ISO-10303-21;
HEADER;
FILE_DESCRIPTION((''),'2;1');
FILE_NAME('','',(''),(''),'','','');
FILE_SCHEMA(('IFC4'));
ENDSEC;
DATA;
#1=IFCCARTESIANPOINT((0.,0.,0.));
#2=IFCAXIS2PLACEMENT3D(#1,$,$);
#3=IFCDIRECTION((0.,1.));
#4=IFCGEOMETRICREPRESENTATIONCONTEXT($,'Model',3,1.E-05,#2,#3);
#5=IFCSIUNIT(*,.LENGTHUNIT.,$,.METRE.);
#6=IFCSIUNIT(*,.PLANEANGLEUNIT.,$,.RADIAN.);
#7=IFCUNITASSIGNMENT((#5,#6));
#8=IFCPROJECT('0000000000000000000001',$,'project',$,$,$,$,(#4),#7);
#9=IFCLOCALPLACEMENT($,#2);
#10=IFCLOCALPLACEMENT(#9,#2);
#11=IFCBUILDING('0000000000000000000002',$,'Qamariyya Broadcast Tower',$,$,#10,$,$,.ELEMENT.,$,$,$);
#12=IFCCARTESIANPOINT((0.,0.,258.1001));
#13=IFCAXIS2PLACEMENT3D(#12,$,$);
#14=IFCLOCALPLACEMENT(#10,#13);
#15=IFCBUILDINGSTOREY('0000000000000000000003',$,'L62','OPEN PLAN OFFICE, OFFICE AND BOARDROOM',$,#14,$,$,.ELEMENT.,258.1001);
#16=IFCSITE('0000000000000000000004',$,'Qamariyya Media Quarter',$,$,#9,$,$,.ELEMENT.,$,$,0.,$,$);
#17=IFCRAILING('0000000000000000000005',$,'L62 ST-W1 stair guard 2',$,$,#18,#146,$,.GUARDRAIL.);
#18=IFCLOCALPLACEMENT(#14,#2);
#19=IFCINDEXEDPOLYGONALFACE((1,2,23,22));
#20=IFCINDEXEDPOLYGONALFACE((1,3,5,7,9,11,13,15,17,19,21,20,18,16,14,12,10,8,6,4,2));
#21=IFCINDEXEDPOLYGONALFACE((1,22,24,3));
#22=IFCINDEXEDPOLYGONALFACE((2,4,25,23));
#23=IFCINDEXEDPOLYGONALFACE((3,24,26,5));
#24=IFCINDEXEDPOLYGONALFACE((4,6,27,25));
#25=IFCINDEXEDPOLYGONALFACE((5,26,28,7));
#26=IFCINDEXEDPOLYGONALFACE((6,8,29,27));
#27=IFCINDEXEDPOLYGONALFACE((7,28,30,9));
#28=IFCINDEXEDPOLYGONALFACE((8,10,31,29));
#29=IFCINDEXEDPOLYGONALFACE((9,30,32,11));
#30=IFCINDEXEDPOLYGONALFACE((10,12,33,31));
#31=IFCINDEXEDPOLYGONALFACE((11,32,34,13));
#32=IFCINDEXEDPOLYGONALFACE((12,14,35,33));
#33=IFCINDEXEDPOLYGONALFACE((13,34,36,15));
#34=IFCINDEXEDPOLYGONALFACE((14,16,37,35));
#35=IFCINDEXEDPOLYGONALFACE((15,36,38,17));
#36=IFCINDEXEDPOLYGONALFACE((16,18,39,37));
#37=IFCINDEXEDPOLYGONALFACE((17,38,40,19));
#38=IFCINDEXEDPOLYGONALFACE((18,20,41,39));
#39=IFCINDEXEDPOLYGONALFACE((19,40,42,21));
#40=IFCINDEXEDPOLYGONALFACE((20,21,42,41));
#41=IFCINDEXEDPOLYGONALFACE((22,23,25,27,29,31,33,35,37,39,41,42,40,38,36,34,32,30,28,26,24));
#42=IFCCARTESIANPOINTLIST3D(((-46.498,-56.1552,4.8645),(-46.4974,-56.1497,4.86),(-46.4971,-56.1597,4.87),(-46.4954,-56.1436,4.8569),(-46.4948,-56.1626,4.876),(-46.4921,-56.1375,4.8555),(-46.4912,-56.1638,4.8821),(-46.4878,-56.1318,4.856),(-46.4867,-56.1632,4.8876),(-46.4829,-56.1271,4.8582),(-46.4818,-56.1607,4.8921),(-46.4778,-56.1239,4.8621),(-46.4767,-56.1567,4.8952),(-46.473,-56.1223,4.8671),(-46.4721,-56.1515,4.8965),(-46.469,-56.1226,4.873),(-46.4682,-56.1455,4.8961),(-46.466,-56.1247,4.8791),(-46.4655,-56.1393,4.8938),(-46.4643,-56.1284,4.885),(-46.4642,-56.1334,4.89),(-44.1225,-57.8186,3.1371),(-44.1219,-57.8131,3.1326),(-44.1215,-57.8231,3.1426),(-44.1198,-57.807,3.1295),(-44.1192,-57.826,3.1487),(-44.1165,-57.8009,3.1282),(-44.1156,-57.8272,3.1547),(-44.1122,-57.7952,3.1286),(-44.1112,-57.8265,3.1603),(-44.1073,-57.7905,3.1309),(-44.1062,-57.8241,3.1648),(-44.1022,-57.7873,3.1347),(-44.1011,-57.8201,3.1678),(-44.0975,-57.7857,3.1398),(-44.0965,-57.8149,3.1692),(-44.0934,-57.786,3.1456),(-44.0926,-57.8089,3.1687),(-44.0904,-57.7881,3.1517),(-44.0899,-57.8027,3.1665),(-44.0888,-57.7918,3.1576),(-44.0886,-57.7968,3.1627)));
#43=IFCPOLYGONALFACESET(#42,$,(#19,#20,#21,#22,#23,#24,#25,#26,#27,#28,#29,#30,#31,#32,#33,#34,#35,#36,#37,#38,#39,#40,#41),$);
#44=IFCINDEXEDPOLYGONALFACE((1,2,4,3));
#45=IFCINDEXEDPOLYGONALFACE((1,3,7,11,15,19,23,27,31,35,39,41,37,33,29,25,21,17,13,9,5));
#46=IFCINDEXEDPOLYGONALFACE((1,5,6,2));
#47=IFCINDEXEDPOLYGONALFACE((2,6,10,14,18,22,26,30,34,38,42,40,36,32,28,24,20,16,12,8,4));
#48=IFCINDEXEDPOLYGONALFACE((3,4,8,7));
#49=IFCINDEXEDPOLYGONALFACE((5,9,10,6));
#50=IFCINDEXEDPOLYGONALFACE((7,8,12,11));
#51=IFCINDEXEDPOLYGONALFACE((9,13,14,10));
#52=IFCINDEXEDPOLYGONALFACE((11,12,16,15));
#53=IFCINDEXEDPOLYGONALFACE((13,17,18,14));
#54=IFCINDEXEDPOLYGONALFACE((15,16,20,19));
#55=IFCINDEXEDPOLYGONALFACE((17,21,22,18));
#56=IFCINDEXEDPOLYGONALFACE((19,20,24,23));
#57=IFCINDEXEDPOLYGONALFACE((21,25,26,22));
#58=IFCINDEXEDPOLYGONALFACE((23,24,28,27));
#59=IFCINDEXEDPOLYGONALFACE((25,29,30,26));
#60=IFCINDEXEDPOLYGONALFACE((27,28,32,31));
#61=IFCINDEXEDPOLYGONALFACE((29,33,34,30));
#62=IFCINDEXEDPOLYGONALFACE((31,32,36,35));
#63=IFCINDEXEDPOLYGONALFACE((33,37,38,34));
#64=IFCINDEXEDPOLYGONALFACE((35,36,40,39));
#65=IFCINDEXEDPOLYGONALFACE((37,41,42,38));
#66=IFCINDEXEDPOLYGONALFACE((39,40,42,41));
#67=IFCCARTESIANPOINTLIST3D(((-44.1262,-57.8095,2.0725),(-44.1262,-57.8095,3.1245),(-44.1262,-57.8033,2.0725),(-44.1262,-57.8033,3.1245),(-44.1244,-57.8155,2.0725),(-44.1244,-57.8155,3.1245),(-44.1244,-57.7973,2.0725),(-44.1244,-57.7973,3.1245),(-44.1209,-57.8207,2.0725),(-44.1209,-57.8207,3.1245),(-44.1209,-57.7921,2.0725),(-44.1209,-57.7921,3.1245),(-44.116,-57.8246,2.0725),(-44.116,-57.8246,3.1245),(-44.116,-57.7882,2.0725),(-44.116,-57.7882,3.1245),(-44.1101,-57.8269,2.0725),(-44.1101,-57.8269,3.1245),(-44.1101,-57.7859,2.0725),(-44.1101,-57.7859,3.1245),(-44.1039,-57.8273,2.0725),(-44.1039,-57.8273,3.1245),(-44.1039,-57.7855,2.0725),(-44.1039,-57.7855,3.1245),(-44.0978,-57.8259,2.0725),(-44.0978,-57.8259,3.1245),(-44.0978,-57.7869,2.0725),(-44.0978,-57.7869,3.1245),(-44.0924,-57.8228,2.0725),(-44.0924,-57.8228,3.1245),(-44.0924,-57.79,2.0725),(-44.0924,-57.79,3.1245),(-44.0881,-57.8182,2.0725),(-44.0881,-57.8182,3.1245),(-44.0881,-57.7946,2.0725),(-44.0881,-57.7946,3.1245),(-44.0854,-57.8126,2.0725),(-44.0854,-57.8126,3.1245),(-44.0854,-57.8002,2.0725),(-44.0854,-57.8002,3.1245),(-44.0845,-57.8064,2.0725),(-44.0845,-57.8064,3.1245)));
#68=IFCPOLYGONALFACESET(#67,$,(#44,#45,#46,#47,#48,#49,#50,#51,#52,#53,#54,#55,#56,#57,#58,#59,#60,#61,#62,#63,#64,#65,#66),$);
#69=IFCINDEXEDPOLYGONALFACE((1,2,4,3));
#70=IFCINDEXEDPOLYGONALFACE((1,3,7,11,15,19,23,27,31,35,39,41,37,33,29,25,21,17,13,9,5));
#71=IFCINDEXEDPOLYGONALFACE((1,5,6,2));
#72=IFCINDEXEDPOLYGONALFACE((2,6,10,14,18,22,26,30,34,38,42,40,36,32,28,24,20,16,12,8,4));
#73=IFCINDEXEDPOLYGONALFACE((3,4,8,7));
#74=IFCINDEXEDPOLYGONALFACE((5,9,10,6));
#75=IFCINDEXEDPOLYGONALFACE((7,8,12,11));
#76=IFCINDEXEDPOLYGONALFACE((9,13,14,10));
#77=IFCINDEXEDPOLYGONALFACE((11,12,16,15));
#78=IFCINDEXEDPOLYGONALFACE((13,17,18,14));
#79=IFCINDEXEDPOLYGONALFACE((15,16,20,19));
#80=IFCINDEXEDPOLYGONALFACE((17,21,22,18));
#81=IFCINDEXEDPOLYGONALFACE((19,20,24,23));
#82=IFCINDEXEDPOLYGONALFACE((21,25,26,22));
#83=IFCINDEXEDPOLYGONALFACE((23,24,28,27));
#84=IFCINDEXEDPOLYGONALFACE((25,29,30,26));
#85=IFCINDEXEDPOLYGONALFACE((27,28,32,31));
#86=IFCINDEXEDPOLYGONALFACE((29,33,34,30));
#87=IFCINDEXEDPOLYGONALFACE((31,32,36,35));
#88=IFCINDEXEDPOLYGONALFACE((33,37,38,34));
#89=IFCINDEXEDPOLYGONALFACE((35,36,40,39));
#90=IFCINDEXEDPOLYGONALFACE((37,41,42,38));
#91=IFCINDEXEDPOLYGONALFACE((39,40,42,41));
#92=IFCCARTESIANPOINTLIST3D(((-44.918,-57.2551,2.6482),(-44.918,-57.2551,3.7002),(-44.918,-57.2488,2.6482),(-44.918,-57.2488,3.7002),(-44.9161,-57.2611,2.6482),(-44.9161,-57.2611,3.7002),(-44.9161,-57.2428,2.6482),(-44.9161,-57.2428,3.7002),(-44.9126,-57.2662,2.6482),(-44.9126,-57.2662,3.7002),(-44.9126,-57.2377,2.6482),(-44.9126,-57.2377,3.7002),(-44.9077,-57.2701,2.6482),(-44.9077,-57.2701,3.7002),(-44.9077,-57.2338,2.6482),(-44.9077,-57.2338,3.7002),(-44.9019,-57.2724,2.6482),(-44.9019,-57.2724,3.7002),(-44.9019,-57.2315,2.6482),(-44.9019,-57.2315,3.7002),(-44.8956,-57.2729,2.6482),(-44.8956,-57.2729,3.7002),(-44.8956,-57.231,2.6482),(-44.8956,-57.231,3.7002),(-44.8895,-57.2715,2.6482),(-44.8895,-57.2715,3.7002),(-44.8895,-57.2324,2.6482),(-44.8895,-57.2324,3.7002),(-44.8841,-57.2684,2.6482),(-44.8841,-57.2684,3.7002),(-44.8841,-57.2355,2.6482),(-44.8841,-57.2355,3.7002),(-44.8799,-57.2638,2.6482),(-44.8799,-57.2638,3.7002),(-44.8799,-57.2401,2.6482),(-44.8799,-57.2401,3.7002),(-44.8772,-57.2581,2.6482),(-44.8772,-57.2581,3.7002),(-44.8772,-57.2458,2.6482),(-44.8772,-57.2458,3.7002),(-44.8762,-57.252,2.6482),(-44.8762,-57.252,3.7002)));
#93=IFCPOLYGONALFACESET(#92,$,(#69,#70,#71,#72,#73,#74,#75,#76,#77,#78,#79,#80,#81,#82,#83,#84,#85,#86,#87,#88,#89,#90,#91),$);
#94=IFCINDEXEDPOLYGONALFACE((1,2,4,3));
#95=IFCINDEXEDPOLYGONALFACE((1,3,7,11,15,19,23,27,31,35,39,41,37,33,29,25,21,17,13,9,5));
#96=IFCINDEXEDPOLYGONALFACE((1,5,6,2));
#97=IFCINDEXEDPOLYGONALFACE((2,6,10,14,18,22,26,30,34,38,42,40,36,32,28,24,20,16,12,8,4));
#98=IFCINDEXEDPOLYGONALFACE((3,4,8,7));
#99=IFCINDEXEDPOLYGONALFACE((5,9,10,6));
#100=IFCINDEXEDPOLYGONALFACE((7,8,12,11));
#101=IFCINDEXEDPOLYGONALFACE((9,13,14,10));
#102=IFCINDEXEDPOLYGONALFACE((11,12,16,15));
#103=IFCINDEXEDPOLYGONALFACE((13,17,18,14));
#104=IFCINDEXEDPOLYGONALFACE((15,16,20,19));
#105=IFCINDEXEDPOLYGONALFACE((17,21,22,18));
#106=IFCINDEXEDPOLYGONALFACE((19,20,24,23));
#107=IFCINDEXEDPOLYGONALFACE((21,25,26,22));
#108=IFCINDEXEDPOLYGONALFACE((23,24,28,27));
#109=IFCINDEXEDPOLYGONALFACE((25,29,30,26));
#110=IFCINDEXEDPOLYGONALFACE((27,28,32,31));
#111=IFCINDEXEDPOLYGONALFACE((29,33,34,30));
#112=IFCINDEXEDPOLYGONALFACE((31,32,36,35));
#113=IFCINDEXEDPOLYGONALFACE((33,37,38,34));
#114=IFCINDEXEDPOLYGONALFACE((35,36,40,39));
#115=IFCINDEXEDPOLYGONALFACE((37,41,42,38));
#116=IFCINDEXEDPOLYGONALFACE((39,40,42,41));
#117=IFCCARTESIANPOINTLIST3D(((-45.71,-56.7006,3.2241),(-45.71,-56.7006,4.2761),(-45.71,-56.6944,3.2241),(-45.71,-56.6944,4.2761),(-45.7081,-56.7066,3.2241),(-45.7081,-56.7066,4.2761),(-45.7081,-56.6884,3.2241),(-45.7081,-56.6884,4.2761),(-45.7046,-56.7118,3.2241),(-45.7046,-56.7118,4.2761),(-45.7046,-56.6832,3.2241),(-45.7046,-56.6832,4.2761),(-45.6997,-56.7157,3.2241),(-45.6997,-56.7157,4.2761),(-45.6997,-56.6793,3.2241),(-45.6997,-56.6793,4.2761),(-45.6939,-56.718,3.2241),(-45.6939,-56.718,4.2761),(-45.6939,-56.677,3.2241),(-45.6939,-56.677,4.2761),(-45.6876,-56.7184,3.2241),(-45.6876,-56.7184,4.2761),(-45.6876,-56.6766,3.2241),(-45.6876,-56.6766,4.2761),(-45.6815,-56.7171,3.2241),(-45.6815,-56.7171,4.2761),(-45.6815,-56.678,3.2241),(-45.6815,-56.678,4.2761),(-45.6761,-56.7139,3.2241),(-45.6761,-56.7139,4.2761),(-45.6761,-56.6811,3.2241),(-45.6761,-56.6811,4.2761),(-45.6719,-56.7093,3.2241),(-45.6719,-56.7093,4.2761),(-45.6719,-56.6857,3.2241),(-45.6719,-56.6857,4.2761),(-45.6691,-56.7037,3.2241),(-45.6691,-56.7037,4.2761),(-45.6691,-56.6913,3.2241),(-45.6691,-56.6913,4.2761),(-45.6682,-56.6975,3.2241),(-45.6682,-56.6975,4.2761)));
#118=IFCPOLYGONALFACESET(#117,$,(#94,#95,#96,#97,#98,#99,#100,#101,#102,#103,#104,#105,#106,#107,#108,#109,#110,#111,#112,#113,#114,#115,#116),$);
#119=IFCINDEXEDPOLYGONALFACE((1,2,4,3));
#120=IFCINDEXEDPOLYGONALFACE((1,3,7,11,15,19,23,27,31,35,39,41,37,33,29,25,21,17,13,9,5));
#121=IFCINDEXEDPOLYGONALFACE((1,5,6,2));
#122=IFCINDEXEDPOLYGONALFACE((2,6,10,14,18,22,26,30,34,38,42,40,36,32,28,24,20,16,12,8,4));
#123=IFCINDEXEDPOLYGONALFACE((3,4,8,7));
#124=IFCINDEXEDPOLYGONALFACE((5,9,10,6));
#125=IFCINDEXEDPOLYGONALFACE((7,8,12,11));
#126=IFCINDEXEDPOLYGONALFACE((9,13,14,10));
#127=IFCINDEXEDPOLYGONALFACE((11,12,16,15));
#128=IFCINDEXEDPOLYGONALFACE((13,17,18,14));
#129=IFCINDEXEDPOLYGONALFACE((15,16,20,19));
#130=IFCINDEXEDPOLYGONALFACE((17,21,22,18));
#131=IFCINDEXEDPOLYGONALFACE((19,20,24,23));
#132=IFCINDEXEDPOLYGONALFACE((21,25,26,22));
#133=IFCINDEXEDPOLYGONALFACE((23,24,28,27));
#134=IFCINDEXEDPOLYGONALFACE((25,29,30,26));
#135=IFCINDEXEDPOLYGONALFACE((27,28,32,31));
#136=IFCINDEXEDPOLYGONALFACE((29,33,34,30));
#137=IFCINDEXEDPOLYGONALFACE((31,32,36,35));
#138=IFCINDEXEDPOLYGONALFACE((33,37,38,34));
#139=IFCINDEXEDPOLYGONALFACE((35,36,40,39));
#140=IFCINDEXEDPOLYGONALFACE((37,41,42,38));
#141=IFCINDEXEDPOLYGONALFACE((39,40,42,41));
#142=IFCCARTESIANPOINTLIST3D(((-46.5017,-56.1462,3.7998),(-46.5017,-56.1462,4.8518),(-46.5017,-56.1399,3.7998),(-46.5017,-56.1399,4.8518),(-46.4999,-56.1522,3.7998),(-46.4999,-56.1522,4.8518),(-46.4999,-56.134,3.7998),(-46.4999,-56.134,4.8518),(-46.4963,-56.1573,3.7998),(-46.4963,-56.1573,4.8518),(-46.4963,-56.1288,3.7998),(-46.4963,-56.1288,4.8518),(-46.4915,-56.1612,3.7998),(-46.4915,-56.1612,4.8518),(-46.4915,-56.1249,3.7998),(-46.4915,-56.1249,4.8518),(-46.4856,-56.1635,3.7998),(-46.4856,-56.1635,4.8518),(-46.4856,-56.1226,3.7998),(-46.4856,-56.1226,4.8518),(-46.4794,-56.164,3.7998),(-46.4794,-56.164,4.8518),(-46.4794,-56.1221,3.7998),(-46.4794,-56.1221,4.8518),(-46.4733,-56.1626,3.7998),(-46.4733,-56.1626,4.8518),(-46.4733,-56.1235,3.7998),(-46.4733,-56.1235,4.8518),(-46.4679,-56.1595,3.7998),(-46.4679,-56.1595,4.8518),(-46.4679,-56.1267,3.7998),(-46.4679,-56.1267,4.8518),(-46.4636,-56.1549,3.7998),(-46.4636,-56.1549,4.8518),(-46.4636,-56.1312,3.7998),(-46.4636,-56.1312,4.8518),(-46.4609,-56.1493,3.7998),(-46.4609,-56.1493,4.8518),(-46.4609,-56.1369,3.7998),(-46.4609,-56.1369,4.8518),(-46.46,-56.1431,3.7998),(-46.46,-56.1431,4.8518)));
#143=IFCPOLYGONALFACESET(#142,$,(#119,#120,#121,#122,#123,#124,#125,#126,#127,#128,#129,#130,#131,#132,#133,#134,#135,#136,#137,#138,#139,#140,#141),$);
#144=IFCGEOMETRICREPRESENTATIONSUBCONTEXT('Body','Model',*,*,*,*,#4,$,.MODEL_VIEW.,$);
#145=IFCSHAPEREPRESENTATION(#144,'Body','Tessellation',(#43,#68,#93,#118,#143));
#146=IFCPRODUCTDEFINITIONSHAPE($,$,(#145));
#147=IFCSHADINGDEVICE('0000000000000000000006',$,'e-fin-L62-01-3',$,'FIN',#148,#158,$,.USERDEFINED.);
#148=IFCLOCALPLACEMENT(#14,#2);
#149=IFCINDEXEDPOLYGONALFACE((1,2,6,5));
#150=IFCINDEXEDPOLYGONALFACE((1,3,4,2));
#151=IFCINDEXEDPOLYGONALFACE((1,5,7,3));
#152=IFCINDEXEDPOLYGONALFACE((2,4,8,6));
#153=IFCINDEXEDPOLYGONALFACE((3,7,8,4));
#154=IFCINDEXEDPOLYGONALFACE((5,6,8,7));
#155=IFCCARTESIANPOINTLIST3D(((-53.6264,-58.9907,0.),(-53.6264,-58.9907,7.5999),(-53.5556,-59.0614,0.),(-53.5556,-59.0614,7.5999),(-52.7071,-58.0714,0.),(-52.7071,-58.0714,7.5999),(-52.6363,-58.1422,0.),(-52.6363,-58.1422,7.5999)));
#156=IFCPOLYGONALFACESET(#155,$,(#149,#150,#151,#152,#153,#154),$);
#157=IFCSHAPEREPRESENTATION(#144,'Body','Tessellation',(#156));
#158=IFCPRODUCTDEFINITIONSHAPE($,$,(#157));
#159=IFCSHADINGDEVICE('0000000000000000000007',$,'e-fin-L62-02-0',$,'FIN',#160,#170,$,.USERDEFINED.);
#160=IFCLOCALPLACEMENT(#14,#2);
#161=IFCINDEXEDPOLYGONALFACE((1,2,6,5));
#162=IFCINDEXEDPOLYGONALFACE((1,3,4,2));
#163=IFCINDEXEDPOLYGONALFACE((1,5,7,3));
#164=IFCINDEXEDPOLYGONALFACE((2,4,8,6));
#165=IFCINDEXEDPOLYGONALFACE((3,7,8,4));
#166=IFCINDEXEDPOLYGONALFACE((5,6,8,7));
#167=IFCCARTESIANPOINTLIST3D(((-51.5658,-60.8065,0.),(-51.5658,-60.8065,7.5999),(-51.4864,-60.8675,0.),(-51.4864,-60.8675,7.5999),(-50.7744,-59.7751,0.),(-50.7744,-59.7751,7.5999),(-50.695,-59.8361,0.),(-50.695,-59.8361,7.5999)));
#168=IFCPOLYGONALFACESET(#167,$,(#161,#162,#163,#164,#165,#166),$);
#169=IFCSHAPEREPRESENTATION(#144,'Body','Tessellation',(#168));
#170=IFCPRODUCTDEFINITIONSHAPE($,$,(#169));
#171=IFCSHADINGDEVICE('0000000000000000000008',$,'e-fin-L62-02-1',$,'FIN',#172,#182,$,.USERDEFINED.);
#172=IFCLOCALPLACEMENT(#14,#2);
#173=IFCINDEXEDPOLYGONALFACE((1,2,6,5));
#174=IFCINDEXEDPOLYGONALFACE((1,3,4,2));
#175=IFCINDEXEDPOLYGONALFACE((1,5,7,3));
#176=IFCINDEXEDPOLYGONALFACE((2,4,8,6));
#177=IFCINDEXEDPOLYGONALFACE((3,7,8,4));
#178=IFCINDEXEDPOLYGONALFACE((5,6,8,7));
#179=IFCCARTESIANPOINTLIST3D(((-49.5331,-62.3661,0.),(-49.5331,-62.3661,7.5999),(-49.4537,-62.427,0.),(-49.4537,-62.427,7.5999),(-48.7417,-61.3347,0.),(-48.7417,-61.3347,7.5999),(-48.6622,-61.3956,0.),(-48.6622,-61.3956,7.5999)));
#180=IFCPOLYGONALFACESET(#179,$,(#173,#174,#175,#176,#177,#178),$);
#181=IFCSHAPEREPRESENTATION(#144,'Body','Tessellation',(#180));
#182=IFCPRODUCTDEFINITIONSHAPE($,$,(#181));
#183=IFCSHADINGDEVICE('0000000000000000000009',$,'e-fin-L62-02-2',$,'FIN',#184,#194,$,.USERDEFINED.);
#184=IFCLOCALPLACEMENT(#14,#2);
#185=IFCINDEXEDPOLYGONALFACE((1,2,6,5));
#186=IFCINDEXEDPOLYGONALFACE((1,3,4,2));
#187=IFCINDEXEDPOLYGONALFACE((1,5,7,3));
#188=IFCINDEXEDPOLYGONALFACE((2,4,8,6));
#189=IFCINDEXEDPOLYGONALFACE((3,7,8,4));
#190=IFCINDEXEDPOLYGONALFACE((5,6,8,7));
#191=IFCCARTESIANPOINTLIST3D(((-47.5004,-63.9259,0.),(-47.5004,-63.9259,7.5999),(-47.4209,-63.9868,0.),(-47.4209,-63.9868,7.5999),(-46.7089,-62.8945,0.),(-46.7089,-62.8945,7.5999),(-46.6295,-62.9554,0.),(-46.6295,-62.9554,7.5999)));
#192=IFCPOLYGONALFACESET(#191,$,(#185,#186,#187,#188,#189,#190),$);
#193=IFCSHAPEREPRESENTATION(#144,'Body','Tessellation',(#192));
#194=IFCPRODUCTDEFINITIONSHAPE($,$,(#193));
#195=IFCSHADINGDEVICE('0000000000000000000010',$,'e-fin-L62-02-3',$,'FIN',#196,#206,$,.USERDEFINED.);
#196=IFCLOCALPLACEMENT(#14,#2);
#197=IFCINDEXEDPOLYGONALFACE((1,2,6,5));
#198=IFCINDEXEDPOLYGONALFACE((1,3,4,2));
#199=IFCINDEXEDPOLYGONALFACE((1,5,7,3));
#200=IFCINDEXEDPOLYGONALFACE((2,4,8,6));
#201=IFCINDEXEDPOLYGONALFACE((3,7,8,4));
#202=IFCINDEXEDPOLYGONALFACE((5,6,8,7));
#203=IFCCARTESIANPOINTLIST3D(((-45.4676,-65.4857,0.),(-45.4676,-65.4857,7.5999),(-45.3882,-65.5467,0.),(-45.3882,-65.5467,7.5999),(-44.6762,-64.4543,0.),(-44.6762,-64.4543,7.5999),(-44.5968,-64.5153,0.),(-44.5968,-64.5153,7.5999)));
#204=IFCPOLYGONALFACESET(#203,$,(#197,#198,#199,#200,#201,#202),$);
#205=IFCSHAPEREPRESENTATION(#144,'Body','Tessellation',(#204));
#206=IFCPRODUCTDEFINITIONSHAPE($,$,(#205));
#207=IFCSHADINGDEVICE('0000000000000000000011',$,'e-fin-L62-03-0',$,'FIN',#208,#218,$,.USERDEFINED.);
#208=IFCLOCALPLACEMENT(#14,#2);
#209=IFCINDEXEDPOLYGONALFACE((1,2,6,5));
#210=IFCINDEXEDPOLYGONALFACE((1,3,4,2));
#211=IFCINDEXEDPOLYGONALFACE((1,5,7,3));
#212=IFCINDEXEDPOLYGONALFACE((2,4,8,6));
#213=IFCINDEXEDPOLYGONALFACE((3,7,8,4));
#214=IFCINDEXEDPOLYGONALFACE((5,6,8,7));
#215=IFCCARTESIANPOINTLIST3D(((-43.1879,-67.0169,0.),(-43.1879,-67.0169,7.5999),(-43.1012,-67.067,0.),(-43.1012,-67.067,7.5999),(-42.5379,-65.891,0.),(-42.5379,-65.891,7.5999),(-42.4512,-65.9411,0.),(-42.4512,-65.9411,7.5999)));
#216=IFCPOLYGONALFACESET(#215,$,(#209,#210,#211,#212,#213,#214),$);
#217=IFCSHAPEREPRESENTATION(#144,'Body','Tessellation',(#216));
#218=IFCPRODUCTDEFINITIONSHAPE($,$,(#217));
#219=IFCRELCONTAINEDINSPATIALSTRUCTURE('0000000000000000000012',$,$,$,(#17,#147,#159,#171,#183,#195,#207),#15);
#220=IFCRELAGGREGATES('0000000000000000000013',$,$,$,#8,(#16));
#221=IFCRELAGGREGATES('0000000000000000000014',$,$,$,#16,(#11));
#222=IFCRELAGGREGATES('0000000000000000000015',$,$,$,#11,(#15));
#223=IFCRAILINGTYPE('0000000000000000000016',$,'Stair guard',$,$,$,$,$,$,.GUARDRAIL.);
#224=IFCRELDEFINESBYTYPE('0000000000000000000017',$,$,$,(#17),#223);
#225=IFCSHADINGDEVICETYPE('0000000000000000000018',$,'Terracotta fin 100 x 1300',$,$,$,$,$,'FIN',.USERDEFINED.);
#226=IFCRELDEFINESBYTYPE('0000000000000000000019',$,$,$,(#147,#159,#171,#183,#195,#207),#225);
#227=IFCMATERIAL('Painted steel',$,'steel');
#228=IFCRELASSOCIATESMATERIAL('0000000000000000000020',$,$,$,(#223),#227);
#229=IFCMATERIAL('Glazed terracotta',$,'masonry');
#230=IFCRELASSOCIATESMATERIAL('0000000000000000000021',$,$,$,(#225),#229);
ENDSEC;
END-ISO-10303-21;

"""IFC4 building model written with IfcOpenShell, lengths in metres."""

from ifc_helpers import new_model, si_unit, direction, frame, origin, origin_2d, place, context, subcontext, project, spatial, rectangle, circle, extrude, material, material_profile, profile_set, type_object, element, save


model = new_model("IFC4")

# Units and contexts
model_context = context("Model", 3, precision=1e-05, world=origin(), true_north=direction((0.0, 1.0)))
body_context = subcontext(model_context, "Body", "Model", "MODEL_VIEW")
ifc_project = project(units=[si_unit("LENGTHUNIT", "METRE"), si_unit("PLANEANGLEUNIT", "RADIAN")], contexts=[model_context])

# Site, building, storey
site_placement = place(None, origin())
site = spatial("IfcSite", under=ifc_project, at=site_placement, Name="Qamariyya Media Quarter", CompositionType="ELEMENT", RefElevation=0.0)
building_placement = place(site_placement, origin())
building = spatial("IfcBuilding", under=site, at=building_placement, Name="Qamariyya Broadcast Tower", CompositionType="ELEMENT")
storey_placement = place(building_placement, frame((0.0, 0.0, 258.1001)))
storey = spatial("IfcBuildingStorey", under=building, at=storey_placement, Name="L62", Description="OPEN PLAN OFFICE, OFFICE AND BOARDROOM", CompositionType="ELEMENT", Elevation=258.1001)

# Railing
ifc_material_1 = material(Name="Painted steel", Category="steel")
railing_type = type_object("IfcRailingType", Name="Stair guard", PredefinedType="GUARDRAIL", material=ifc_material_1)
railing_placement = place(storey_placement, frame((-44.1055, -57.8064, 2.0725)))
element("IfcRailing", 1, at=railing_placement, inside=storey, type_object=railing_type, Name="L62 ST-W1 stair guard 2", PredefinedType="GUARDRAIL", context=body_context, shape_type="SweptSolid", body=[
    extrude(circle(Radius=0.0239, at=origin_2d()), frame((0.0, 0.0, 1.0762), z_axis=(-0.70377, 0.492784, 0.511734), x_axis=(-0.573575, -0.819153, 0.0)), (0.0, 0.0, 1.0), 3.3755),
    extrude(circle(Radius=0.021, at=origin_2d()), origin(), (0.0, 0.0, 1.0), 1.052),
    extrude(circle(Radius=0.021, at=origin_2d()), frame((-0.7917, 0.5544, 0.5757)), (0.0, 0.0, 1.0), 1.052),
    extrude(circle(Radius=0.021, at=origin_2d()), frame((-1.5837, 1.1089, 1.1516)), (0.0, 0.0, 1.0), 1.052),
    extrude(circle(Radius=0.021, at=origin_2d()), frame((-2.3755, 1.6633, 1.7273)), (0.0, 0.0, 1.0), 1.052),
])

# Shading devices
ifc_material_2 = material(Name="Glazed terracotta", Category="masonry")
ifc_material_profile_1 = material_profile(ifc_material_2, rectangle(XDim=1.3, YDim=0.1001, at=origin_2d()))
ifc_profile_set_1 = profile_set([ifc_material_profile_1], Name="Glazed terracotta")
shading_device_type_1 = type_object("IfcShadingDeviceType", Name="Terracotta fin 100 x 1300", ElementType="FIN", PredefinedType="USERDEFINED", material=ifc_profile_set_1)
for number, where, z_axis, x_axis, name in (
    (2, (-53.1313, -58.5664, 0.0), (0.0, 0.0, 1.0), (-0.707107, -0.707107, 0.0), "e-fin-L62-01-3"),
    (3, (-51.1304, -60.3213, 0.0), (0.0, 0.0, 1.0), (-0.608761, -0.793353, 0.0), "e-fin-L62-02-0"),
    (4, (-49.0977, -61.8809, 0.0), (0.0, 0.0, 1.0), (-0.608761, -0.793353, 0.0), "e-fin-L62-02-1"),
    (5, (-47.0649, -63.4407, 0.0), (0.0, 0.0, 1.0), (-0.608761, -0.793353, 0.0), "e-fin-L62-02-2"),
    (6, (-45.0322, -65.0005, 0.0), (0.0, 0.0, 1.0), (-0.608761, -0.793353, 0.0), "e-fin-L62-02-3"),
    (7, (-42.8196, -66.479, 0.0), (0.0, 0.0, 1.0), (-0.5, -0.866025, 0.0), "e-fin-L62-03-0"),
):
    element("IfcShadingDevice", number, at=place(storey_placement, frame(where, z_axis=z_axis, x_axis=x_axis)), inside=storey, type_object=shading_device_type_1, Name=name, ObjectType="FIN", PredefinedType="USERDEFINED", context=body_context, shape_type="SweptSolid", body=[
        extrude(rectangle(XDim=1.3, YDim=0.1001, at=origin_2d()), origin(), (0.0, 0.0, 1.0), 7.5999),
    ])

save(model, "model.ifc")
